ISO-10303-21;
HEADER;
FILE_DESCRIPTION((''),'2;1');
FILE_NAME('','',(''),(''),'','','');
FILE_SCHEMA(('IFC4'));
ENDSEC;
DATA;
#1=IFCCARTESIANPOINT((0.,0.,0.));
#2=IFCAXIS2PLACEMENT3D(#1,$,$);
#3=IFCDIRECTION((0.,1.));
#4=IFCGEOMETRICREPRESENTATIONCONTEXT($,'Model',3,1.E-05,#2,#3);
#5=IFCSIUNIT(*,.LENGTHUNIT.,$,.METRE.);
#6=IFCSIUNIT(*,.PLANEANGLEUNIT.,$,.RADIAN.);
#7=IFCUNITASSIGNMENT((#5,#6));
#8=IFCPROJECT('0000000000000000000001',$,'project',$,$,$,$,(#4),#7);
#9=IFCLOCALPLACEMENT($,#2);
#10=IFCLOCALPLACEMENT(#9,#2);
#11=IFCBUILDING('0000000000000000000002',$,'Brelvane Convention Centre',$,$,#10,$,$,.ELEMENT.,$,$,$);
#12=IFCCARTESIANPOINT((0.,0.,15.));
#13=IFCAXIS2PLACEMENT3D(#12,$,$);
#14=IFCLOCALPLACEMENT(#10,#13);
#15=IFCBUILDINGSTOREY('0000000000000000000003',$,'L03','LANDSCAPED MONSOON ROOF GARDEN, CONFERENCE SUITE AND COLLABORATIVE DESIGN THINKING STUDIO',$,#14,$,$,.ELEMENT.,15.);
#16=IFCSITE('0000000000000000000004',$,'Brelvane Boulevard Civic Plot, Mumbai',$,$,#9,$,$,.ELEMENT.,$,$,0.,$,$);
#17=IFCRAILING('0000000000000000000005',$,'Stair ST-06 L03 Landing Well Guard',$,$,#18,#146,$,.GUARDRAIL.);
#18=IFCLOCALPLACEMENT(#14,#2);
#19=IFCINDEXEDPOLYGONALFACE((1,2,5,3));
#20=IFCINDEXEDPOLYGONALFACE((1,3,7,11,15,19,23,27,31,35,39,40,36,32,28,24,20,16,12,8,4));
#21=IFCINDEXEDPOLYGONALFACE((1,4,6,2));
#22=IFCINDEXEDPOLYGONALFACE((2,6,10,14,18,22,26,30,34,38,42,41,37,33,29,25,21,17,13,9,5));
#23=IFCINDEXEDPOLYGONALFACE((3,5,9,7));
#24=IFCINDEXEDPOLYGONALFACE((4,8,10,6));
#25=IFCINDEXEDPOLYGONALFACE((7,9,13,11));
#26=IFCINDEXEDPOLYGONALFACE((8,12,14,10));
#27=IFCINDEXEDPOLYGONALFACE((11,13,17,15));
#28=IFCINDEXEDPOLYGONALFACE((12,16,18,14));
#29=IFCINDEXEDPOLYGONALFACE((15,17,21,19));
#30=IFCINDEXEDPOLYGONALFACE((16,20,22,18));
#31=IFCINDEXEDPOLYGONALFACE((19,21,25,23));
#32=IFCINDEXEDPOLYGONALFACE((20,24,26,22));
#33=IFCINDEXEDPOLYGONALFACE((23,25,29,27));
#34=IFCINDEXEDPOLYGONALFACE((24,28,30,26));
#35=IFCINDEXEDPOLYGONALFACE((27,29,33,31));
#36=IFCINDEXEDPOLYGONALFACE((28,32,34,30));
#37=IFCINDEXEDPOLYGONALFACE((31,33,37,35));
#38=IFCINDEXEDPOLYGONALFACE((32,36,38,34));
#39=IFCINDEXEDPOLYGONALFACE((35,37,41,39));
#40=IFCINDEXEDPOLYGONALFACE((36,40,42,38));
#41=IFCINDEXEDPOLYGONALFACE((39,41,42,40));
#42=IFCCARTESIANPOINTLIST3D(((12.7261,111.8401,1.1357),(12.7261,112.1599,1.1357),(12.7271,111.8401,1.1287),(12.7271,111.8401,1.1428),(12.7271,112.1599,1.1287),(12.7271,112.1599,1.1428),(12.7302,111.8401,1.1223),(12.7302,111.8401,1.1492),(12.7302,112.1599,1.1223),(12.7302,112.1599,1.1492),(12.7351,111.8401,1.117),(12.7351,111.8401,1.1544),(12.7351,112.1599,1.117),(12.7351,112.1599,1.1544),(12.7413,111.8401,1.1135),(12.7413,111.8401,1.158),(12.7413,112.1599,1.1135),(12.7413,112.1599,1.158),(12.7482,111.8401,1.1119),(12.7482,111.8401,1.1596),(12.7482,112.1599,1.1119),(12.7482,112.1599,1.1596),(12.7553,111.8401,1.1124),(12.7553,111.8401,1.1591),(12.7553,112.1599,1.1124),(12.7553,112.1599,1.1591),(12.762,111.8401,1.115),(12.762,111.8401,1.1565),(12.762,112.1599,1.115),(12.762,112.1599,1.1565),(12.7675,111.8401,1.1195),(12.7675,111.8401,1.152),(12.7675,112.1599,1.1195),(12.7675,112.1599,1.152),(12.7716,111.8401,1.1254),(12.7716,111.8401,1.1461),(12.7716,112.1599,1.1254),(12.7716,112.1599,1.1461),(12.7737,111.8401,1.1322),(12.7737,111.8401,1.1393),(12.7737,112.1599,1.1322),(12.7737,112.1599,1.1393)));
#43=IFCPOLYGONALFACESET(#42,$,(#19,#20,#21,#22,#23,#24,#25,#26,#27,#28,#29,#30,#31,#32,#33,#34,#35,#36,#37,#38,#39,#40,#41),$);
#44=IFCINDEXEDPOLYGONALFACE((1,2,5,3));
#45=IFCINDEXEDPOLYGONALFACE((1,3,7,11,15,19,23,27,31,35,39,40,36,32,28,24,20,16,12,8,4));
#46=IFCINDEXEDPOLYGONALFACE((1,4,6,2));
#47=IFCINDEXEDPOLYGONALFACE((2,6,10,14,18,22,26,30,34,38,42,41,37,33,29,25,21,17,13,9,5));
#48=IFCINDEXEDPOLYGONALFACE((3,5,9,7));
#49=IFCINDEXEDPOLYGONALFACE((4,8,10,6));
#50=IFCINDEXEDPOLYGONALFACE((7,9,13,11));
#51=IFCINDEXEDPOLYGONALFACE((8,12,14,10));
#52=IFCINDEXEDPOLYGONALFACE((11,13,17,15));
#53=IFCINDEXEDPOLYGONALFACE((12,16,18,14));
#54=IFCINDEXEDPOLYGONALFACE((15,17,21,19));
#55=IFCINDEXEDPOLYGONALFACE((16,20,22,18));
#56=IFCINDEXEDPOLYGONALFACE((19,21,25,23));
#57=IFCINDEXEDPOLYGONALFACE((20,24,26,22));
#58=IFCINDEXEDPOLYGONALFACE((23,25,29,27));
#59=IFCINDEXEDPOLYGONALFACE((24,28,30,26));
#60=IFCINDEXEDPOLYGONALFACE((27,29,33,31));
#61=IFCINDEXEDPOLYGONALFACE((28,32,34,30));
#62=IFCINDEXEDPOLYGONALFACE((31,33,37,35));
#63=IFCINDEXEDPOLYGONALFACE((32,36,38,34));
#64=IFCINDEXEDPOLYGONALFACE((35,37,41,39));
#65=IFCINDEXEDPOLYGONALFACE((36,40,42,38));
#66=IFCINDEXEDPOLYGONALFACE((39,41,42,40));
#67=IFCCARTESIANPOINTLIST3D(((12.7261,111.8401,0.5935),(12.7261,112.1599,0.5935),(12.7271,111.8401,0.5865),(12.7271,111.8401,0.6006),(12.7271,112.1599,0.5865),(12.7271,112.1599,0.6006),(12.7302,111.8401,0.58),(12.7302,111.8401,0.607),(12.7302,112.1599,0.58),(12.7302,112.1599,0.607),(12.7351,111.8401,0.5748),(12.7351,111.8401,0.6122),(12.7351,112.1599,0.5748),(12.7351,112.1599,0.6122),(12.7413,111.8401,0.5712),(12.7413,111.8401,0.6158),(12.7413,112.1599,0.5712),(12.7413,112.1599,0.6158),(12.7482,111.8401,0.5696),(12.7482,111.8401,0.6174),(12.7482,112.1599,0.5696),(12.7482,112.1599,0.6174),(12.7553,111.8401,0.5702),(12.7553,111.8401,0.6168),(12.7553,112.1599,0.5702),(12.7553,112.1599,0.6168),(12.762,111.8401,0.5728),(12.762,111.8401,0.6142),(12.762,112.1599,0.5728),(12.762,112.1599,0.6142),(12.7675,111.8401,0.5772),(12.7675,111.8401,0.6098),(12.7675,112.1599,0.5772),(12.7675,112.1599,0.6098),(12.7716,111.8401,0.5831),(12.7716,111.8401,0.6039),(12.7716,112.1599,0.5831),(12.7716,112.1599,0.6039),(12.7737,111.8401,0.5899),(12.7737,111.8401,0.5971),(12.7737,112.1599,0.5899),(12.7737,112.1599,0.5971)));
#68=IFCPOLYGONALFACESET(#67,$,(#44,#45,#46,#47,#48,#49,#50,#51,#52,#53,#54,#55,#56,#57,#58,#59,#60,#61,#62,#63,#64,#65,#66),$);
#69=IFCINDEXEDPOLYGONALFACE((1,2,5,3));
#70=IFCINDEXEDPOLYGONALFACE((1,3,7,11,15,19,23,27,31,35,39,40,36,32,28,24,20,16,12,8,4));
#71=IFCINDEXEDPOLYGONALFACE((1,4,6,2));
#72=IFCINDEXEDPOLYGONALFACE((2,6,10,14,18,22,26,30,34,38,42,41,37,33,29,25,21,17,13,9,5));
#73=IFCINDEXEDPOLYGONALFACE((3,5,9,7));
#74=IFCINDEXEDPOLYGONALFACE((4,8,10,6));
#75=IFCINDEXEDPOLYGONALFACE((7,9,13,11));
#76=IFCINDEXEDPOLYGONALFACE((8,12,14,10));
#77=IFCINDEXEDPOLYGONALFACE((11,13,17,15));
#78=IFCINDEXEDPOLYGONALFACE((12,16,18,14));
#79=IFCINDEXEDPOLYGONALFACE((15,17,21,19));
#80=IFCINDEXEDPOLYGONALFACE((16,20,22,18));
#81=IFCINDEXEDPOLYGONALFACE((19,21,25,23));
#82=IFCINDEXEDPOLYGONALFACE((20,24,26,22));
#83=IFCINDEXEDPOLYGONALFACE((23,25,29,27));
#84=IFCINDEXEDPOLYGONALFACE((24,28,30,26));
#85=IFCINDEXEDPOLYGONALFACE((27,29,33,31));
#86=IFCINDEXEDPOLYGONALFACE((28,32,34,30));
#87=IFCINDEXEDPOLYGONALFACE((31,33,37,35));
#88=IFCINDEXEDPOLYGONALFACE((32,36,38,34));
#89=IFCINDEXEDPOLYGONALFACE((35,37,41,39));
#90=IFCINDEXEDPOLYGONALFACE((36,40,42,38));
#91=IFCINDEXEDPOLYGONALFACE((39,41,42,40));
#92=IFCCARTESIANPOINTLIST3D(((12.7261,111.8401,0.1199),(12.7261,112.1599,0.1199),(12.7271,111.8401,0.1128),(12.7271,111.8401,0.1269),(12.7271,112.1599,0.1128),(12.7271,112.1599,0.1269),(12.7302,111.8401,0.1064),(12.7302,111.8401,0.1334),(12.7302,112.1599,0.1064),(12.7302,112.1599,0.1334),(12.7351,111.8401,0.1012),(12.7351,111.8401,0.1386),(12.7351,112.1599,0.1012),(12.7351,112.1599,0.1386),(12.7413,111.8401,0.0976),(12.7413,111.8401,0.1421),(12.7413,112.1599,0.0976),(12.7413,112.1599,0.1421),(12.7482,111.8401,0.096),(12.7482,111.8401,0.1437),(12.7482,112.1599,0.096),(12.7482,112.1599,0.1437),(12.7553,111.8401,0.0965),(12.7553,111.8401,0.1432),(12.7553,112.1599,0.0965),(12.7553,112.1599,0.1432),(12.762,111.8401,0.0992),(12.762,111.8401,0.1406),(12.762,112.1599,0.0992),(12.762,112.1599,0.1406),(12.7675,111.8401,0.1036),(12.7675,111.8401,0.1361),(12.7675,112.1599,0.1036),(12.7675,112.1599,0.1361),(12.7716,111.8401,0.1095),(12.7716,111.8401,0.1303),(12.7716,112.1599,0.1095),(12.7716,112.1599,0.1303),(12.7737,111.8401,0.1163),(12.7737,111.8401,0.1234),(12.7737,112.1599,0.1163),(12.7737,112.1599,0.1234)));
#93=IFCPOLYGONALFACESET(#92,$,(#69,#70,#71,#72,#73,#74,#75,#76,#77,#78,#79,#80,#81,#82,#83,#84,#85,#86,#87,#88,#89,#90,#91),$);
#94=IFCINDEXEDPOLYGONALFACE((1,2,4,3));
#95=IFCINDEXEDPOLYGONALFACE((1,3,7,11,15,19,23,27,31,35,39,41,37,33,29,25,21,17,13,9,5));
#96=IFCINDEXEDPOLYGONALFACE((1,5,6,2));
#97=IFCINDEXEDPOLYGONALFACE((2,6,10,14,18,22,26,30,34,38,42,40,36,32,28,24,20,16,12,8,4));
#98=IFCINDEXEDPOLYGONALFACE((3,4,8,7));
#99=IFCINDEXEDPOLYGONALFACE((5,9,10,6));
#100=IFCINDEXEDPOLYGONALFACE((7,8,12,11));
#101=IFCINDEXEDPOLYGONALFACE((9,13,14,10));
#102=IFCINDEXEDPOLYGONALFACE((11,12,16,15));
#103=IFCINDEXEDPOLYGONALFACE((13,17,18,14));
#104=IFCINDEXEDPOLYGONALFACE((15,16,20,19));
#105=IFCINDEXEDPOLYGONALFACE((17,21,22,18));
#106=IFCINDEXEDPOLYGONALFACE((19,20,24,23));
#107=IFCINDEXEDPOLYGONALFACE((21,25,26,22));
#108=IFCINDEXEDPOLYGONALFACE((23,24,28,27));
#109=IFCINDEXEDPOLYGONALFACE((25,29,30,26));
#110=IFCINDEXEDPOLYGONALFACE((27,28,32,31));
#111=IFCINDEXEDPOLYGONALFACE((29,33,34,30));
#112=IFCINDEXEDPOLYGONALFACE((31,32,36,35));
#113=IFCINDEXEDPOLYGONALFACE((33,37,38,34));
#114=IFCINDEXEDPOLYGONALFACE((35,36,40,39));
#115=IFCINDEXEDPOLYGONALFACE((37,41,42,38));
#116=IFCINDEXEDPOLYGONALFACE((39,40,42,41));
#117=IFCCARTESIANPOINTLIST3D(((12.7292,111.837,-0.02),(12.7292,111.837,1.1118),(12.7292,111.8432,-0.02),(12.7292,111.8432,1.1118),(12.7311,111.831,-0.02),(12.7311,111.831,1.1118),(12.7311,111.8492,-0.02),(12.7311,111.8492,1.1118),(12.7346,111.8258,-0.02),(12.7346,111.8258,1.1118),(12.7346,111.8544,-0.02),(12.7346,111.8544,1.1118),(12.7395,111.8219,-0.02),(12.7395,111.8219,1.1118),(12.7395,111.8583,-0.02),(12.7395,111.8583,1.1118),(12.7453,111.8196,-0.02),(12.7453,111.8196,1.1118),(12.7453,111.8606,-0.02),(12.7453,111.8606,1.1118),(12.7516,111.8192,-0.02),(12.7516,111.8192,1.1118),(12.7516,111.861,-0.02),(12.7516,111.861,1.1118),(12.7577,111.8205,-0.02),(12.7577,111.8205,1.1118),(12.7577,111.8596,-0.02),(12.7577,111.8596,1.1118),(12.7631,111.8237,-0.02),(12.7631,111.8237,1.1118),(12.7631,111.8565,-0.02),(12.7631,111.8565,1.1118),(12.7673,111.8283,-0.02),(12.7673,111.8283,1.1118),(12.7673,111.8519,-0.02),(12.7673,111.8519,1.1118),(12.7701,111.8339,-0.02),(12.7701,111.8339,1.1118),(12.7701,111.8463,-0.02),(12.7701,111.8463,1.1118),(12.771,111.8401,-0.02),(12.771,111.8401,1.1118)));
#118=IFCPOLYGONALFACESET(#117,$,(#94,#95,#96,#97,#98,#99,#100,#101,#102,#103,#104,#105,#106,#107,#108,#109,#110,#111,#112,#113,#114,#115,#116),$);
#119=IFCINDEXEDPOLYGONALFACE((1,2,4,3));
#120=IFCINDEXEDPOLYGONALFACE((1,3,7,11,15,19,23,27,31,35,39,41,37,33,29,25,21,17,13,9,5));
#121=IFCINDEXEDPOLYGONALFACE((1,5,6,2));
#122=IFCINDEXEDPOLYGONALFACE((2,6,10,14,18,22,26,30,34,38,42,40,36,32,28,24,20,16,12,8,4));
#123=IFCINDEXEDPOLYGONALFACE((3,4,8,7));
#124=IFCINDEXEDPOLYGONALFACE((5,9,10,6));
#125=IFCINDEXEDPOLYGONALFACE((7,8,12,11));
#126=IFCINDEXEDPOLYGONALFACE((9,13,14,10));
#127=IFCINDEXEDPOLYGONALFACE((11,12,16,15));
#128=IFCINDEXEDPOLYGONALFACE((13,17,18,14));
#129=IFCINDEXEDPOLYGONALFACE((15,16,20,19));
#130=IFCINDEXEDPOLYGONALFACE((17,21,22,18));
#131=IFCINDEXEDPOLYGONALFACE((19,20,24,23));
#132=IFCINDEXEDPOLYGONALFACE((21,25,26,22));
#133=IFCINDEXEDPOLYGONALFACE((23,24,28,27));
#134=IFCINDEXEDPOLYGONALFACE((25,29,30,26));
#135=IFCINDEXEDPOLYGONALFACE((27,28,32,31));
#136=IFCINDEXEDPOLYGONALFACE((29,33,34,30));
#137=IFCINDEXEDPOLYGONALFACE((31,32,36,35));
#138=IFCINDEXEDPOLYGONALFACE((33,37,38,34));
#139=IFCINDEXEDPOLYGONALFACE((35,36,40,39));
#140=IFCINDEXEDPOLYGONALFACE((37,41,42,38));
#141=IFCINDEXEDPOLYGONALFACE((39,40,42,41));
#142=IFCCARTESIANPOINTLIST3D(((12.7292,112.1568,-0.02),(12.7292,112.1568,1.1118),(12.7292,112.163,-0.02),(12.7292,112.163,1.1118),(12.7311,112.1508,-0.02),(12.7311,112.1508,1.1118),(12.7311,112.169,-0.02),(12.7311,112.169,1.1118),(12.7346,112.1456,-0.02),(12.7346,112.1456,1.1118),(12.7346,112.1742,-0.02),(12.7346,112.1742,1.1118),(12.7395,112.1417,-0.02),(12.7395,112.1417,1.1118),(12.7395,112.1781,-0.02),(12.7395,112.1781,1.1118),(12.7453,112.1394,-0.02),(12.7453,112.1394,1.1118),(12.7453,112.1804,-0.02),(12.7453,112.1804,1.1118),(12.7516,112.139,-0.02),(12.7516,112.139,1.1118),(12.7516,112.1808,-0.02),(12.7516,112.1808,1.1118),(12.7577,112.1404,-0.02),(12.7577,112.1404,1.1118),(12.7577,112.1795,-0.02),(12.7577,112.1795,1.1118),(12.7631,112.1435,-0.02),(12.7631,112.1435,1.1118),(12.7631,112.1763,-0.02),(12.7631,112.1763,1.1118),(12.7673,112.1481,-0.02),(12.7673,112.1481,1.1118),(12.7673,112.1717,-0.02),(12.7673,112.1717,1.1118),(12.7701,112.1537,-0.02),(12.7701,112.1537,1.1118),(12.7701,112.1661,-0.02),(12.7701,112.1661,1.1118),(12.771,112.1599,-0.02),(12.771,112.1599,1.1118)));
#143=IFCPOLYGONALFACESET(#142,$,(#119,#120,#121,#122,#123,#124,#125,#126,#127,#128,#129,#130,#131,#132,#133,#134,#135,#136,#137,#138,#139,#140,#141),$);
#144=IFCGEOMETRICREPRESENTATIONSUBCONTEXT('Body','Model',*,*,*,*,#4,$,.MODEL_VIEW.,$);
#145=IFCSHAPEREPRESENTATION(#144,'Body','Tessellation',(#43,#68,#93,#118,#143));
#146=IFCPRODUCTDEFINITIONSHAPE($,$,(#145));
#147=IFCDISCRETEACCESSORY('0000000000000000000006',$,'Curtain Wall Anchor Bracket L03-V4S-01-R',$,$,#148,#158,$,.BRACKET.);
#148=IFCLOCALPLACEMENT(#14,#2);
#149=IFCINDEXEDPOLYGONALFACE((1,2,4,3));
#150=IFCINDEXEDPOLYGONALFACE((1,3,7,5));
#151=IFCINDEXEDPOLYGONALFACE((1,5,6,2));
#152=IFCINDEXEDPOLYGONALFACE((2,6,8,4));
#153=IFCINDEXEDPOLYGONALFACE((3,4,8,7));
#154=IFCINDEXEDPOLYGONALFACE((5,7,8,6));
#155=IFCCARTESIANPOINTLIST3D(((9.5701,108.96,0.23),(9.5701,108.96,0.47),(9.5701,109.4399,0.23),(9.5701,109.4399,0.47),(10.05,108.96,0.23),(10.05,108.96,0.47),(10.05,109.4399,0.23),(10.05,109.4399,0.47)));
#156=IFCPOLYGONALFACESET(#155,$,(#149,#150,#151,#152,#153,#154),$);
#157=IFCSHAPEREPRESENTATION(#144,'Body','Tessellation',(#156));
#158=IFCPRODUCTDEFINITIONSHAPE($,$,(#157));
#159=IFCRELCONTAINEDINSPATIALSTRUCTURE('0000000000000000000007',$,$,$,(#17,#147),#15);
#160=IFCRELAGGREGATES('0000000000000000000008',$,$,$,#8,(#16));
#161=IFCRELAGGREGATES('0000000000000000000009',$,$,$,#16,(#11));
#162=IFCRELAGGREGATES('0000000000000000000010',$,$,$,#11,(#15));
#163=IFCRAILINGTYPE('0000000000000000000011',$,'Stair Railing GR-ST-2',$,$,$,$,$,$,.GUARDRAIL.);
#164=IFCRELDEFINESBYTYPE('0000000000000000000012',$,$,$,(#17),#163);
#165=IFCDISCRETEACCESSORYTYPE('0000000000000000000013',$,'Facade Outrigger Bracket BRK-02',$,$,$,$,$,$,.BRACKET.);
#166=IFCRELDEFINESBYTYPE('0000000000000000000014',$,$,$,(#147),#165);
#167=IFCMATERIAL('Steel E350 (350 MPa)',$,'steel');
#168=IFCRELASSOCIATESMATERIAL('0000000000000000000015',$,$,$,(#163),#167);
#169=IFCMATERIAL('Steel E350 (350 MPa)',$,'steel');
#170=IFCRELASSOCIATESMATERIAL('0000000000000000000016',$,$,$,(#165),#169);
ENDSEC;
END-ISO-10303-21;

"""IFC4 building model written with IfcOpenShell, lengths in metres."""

from ifc_helpers import new_model, si_unit, direction, frame, origin, origin_2d, place, context, subcontext, project, spatial, rectangle, circle, extrude, material, type_object, element, save


model = new_model("IFC4")

# Units and contexts
model_context = context("Model", 3, precision=1e-05, world=origin(), true_north=direction((0.0, 1.0)))
body_context = subcontext(model_context, "Body", "Model", "MODEL_VIEW")
ifc_project = project(units=[si_unit("LENGTHUNIT", "METRE"), si_unit("PLANEANGLEUNIT", "RADIAN")], contexts=[model_context])

# Site, building, storey
site_placement = place(None, origin())
site = spatial("IfcSite", under=ifc_project, at=site_placement, Name="Brelvane Boulevard Civic Plot, Mumbai", CompositionType="ELEMENT", RefElevation=0.0)
building_placement = place(site_placement, origin())
building = spatial("IfcBuilding", under=site, at=building_placement, Name="Brelvane Convention Centre", CompositionType="ELEMENT")
storey_placement = place(building_placement, frame((0.0, 0.0, 15.0)))
storey = spatial("IfcBuildingStorey", under=building, at=storey_placement, Name="L03", Description="LANDSCAPED MONSOON ROOF GARDEN, CONFERENCE SUITE AND COLLABORATIVE DESIGN THINKING STUDIO", CompositionType="ELEMENT", Elevation=15.0)

# Railing
ifc_material_1 = material(Name="Steel E350 (350 MPa)", Category="steel")
railing_type_1 = type_object("IfcRailingType", Name="Stair Railing GR-ST-2", PredefinedType="GUARDRAIL", material=ifc_material_1)
railing_1_placement = place(storey_placement, frame((12.75, 111.8401, -0.02)))
element("IfcRailing", 1, at=railing_1_placement, inside=storey, type_object=railing_type_1, Name="Stair ST-06 L03 Landing Well Guard", PredefinedType="GUARDRAIL", context=body_context, shape_type="SweptSolid", body=[
    extrude(circle(Radius=0.0239, at=origin_2d()), frame((0.0, 0.0, 1.1558), z_axis=(0.0, 1.0, 0.0), x_axis=(-1.0, 0.0, 0.0)), (0.0, 0.0, 1.0), 0.3198),
    extrude(circle(Radius=0.0239, at=origin_2d()), frame((0.0, 0.0, 0.6135), z_axis=(0.0, 1.0, 0.0), x_axis=(-1.0, 0.0, 0.0)), (0.0, 0.0, 1.0), 0.3198),
    extrude(circle(Radius=0.0239, at=origin_2d()), frame((0.0, 0.0, 0.1399), z_axis=(0.0, 1.0, 0.0), x_axis=(-1.0, 0.0, 0.0)), (0.0, 0.0, 1.0), 0.3198),
    extrude(circle(Radius=0.021, at=origin_2d()), origin(), (0.0, 0.0, 1.0), 1.1318),
    extrude(circle(Radius=0.021, at=origin_2d()), frame((0.0, 0.3198, 0.0)), (0.0, 0.0, 1.0), 1.1318),
])

# Discrete accessory
ifc_material_2 = material(Name="Steel E350 (350 MPa)", Category="steel")
discrete_accessory_type = type_object("IfcDiscreteAccessoryType", Name="Facade Outrigger Bracket BRK-02", PredefinedType="BRACKET", material=ifc_material_2)
discrete_accessory_placement = place(storey_placement, frame((9.8101, 109.2, 0.23), z_axis=(0.0, 0.0, 1.0), x_axis=(1.0, 0.0, 0.0)))
element("IfcDiscreteAccessory", 2, at=discrete_accessory_placement, inside=storey, type_object=discrete_accessory_type, Name="Curtain Wall Anchor Bracket L03-V4S-01-R", PredefinedType="BRACKET", context=body_context, shape_type="SweptSolid", body=[
    extrude(rectangle(XDim=0.48, YDim=0.48, at=origin_2d()), origin(), (0.0, 0.0, 1.0), 0.24),
])

save(model, "model.ifc")
